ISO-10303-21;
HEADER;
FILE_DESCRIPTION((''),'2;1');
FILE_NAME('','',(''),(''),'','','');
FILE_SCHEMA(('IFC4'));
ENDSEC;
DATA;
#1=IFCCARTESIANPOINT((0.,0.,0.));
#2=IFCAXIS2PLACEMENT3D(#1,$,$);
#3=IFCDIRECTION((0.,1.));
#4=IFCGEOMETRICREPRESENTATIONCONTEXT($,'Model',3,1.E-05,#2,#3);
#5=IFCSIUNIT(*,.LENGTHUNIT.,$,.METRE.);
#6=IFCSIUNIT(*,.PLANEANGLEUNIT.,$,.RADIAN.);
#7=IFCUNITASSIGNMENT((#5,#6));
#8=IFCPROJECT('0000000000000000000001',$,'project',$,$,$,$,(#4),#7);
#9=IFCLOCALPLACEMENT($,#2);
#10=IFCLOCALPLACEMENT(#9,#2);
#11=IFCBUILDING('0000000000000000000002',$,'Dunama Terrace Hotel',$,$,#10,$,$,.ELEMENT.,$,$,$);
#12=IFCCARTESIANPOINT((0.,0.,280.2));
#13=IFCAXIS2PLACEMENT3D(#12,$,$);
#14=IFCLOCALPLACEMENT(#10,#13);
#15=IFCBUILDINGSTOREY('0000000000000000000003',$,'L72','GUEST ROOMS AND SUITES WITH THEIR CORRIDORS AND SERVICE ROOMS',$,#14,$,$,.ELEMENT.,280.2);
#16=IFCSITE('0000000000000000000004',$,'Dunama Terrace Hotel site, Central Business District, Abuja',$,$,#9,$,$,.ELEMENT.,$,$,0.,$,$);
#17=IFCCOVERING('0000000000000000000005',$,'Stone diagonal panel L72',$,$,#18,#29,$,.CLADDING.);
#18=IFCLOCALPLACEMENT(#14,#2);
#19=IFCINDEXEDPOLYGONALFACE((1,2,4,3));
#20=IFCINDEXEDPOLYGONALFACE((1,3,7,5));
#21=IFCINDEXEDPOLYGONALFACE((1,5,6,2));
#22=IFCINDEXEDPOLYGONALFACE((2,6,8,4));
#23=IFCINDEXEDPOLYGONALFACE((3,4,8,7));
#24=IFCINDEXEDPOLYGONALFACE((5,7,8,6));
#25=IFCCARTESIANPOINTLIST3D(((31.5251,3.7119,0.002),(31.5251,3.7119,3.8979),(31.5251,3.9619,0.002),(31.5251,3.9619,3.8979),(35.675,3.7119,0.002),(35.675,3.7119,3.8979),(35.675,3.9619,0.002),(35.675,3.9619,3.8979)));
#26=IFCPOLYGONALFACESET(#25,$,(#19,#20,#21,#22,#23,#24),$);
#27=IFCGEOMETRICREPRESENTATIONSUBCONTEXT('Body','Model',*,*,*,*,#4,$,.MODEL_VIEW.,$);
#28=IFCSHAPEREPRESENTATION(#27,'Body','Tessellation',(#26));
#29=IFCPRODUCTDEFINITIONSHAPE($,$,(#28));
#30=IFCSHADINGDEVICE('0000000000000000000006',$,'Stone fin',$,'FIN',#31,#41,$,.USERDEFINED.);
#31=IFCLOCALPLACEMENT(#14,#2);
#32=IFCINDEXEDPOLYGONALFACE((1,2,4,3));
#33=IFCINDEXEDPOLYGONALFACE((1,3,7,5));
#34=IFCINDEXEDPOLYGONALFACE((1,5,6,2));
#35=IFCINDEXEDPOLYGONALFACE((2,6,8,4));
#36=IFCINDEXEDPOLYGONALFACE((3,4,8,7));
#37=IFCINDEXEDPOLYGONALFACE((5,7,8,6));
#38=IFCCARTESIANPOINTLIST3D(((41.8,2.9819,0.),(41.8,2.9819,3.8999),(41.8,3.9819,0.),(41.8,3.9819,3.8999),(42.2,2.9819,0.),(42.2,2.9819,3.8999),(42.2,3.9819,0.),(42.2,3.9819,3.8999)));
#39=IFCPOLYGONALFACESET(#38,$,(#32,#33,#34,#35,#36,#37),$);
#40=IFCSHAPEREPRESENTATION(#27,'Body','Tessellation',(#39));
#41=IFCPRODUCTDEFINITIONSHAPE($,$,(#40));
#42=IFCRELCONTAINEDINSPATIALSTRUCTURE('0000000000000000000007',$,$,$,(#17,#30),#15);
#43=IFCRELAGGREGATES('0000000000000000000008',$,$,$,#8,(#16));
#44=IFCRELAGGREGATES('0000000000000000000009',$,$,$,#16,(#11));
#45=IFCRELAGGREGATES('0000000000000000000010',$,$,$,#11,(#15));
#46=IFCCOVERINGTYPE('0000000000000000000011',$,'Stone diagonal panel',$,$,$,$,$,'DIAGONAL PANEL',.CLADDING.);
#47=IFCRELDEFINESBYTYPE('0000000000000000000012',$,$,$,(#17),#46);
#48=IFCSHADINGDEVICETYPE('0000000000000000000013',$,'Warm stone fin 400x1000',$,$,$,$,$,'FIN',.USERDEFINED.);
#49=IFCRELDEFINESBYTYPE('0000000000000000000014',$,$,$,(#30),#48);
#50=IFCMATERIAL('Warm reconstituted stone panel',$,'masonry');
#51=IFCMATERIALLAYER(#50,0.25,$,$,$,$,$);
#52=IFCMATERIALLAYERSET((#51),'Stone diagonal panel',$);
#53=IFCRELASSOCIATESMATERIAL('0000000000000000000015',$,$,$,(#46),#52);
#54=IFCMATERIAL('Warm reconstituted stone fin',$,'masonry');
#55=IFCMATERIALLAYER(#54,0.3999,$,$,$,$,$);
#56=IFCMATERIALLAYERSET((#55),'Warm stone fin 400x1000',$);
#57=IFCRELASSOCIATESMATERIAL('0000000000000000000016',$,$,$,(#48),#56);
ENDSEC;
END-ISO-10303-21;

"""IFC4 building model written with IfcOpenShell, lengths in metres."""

from ifc_helpers import new_model, si_unit, direction, frame, origin, origin_2d, place, context, subcontext, project, spatial, rectangle, extrude, material, layer, layer_set, type_object, element, save


model = new_model("IFC4")

# Units and contexts
model_context = context("Model", 3, precision=1e-05, world=origin(), true_north=direction((0.0, 1.0)))
body_context = subcontext(model_context, "Body", "Model", "MODEL_VIEW")
ifc_project = project(units=[si_unit("LENGTHUNIT", "METRE"), si_unit("PLANEANGLEUNIT", "RADIAN")], contexts=[model_context])

# Site, building, storey
site_placement = place(None, origin())
site = spatial("IfcSite", under=ifc_project, at=site_placement, Name="Dunama Terrace Hotel site, Central Business District, Abuja", CompositionType="ELEMENT", RefElevation=0.0)
building_placement = place(site_placement, origin())
building = spatial("IfcBuilding", under=site, at=building_placement, Name="Dunama Terrace Hotel", CompositionType="ELEMENT")
storey_placement = place(building_placement, frame((0.0, 0.0, 280.2)))
storey = spatial("IfcBuildingStorey", under=building, at=storey_placement, Name="L72", Description="GUEST ROOMS AND SUITES WITH THEIR CORRIDORS AND SERVICE ROOMS", CompositionType="ELEMENT", Elevation=280.2)

# Covering
ifc_material_1 = material(Name="Warm reconstituted stone panel", Category="masonry")
ifc_layer_1 = layer(ifc_material_1, 0.25)
ifc_layer_set_1 = layer_set([ifc_layer_1], Name="Stone diagonal panel")
covering_type = type_object("IfcCoveringType", Name="Stone diagonal panel", ElementType="DIAGONAL PANEL", PredefinedType="CLADDING", material=ifc_layer_set_1)
covering_placement = place(storey_placement, frame((33.6001, 3.8369, 0.002), z_axis=(0.0, 0.0, 1.0), x_axis=(1.0, 0.0, 0.0)))
element("IfcCovering", 1, at=covering_placement, inside=storey, type_object=covering_type, Name="Stone diagonal panel L72", PredefinedType="CLADDING", context=body_context, shape_type="SweptSolid", body=[
    extrude(rectangle(XDim=4.1499, YDim=0.25, at=origin_2d()), origin(), (0.0, 0.0, 1.0), 3.896),
])

# Shading device
ifc_material_2 = material(Name="Warm reconstituted stone fin", Category="masonry")
ifc_layer_2 = layer(ifc_material_2, 0.3999)
ifc_layer_set_2 = layer_set([ifc_layer_2], Name="Warm stone fin 400x1000")
shading_device_type = type_object("IfcShadingDeviceType", Name="Warm stone fin 400x1000", ElementType="FIN", PredefinedType="USERDEFINED", material=ifc_layer_set_2)
shading_device_placement = place(storey_placement, frame((42.0, 3.4819, 0.0), z_axis=(0.0, 0.0, 1.0), x_axis=(1.0, 0.0, 0.0)))
element("IfcShadingDevice", 2, at=shading_device_placement, inside=storey, type_object=shading_device_type, Name="Stone fin", ObjectType="FIN", PredefinedType="USERDEFINED", context=body_context, shape_type="SweptSolid", body=[
    extrude(rectangle(XDim=0.3999, YDim=1.0, at=origin_2d()), origin(), (0.0, 0.0, 1.0), 3.8999),
])

save(model, "model.ifc")
